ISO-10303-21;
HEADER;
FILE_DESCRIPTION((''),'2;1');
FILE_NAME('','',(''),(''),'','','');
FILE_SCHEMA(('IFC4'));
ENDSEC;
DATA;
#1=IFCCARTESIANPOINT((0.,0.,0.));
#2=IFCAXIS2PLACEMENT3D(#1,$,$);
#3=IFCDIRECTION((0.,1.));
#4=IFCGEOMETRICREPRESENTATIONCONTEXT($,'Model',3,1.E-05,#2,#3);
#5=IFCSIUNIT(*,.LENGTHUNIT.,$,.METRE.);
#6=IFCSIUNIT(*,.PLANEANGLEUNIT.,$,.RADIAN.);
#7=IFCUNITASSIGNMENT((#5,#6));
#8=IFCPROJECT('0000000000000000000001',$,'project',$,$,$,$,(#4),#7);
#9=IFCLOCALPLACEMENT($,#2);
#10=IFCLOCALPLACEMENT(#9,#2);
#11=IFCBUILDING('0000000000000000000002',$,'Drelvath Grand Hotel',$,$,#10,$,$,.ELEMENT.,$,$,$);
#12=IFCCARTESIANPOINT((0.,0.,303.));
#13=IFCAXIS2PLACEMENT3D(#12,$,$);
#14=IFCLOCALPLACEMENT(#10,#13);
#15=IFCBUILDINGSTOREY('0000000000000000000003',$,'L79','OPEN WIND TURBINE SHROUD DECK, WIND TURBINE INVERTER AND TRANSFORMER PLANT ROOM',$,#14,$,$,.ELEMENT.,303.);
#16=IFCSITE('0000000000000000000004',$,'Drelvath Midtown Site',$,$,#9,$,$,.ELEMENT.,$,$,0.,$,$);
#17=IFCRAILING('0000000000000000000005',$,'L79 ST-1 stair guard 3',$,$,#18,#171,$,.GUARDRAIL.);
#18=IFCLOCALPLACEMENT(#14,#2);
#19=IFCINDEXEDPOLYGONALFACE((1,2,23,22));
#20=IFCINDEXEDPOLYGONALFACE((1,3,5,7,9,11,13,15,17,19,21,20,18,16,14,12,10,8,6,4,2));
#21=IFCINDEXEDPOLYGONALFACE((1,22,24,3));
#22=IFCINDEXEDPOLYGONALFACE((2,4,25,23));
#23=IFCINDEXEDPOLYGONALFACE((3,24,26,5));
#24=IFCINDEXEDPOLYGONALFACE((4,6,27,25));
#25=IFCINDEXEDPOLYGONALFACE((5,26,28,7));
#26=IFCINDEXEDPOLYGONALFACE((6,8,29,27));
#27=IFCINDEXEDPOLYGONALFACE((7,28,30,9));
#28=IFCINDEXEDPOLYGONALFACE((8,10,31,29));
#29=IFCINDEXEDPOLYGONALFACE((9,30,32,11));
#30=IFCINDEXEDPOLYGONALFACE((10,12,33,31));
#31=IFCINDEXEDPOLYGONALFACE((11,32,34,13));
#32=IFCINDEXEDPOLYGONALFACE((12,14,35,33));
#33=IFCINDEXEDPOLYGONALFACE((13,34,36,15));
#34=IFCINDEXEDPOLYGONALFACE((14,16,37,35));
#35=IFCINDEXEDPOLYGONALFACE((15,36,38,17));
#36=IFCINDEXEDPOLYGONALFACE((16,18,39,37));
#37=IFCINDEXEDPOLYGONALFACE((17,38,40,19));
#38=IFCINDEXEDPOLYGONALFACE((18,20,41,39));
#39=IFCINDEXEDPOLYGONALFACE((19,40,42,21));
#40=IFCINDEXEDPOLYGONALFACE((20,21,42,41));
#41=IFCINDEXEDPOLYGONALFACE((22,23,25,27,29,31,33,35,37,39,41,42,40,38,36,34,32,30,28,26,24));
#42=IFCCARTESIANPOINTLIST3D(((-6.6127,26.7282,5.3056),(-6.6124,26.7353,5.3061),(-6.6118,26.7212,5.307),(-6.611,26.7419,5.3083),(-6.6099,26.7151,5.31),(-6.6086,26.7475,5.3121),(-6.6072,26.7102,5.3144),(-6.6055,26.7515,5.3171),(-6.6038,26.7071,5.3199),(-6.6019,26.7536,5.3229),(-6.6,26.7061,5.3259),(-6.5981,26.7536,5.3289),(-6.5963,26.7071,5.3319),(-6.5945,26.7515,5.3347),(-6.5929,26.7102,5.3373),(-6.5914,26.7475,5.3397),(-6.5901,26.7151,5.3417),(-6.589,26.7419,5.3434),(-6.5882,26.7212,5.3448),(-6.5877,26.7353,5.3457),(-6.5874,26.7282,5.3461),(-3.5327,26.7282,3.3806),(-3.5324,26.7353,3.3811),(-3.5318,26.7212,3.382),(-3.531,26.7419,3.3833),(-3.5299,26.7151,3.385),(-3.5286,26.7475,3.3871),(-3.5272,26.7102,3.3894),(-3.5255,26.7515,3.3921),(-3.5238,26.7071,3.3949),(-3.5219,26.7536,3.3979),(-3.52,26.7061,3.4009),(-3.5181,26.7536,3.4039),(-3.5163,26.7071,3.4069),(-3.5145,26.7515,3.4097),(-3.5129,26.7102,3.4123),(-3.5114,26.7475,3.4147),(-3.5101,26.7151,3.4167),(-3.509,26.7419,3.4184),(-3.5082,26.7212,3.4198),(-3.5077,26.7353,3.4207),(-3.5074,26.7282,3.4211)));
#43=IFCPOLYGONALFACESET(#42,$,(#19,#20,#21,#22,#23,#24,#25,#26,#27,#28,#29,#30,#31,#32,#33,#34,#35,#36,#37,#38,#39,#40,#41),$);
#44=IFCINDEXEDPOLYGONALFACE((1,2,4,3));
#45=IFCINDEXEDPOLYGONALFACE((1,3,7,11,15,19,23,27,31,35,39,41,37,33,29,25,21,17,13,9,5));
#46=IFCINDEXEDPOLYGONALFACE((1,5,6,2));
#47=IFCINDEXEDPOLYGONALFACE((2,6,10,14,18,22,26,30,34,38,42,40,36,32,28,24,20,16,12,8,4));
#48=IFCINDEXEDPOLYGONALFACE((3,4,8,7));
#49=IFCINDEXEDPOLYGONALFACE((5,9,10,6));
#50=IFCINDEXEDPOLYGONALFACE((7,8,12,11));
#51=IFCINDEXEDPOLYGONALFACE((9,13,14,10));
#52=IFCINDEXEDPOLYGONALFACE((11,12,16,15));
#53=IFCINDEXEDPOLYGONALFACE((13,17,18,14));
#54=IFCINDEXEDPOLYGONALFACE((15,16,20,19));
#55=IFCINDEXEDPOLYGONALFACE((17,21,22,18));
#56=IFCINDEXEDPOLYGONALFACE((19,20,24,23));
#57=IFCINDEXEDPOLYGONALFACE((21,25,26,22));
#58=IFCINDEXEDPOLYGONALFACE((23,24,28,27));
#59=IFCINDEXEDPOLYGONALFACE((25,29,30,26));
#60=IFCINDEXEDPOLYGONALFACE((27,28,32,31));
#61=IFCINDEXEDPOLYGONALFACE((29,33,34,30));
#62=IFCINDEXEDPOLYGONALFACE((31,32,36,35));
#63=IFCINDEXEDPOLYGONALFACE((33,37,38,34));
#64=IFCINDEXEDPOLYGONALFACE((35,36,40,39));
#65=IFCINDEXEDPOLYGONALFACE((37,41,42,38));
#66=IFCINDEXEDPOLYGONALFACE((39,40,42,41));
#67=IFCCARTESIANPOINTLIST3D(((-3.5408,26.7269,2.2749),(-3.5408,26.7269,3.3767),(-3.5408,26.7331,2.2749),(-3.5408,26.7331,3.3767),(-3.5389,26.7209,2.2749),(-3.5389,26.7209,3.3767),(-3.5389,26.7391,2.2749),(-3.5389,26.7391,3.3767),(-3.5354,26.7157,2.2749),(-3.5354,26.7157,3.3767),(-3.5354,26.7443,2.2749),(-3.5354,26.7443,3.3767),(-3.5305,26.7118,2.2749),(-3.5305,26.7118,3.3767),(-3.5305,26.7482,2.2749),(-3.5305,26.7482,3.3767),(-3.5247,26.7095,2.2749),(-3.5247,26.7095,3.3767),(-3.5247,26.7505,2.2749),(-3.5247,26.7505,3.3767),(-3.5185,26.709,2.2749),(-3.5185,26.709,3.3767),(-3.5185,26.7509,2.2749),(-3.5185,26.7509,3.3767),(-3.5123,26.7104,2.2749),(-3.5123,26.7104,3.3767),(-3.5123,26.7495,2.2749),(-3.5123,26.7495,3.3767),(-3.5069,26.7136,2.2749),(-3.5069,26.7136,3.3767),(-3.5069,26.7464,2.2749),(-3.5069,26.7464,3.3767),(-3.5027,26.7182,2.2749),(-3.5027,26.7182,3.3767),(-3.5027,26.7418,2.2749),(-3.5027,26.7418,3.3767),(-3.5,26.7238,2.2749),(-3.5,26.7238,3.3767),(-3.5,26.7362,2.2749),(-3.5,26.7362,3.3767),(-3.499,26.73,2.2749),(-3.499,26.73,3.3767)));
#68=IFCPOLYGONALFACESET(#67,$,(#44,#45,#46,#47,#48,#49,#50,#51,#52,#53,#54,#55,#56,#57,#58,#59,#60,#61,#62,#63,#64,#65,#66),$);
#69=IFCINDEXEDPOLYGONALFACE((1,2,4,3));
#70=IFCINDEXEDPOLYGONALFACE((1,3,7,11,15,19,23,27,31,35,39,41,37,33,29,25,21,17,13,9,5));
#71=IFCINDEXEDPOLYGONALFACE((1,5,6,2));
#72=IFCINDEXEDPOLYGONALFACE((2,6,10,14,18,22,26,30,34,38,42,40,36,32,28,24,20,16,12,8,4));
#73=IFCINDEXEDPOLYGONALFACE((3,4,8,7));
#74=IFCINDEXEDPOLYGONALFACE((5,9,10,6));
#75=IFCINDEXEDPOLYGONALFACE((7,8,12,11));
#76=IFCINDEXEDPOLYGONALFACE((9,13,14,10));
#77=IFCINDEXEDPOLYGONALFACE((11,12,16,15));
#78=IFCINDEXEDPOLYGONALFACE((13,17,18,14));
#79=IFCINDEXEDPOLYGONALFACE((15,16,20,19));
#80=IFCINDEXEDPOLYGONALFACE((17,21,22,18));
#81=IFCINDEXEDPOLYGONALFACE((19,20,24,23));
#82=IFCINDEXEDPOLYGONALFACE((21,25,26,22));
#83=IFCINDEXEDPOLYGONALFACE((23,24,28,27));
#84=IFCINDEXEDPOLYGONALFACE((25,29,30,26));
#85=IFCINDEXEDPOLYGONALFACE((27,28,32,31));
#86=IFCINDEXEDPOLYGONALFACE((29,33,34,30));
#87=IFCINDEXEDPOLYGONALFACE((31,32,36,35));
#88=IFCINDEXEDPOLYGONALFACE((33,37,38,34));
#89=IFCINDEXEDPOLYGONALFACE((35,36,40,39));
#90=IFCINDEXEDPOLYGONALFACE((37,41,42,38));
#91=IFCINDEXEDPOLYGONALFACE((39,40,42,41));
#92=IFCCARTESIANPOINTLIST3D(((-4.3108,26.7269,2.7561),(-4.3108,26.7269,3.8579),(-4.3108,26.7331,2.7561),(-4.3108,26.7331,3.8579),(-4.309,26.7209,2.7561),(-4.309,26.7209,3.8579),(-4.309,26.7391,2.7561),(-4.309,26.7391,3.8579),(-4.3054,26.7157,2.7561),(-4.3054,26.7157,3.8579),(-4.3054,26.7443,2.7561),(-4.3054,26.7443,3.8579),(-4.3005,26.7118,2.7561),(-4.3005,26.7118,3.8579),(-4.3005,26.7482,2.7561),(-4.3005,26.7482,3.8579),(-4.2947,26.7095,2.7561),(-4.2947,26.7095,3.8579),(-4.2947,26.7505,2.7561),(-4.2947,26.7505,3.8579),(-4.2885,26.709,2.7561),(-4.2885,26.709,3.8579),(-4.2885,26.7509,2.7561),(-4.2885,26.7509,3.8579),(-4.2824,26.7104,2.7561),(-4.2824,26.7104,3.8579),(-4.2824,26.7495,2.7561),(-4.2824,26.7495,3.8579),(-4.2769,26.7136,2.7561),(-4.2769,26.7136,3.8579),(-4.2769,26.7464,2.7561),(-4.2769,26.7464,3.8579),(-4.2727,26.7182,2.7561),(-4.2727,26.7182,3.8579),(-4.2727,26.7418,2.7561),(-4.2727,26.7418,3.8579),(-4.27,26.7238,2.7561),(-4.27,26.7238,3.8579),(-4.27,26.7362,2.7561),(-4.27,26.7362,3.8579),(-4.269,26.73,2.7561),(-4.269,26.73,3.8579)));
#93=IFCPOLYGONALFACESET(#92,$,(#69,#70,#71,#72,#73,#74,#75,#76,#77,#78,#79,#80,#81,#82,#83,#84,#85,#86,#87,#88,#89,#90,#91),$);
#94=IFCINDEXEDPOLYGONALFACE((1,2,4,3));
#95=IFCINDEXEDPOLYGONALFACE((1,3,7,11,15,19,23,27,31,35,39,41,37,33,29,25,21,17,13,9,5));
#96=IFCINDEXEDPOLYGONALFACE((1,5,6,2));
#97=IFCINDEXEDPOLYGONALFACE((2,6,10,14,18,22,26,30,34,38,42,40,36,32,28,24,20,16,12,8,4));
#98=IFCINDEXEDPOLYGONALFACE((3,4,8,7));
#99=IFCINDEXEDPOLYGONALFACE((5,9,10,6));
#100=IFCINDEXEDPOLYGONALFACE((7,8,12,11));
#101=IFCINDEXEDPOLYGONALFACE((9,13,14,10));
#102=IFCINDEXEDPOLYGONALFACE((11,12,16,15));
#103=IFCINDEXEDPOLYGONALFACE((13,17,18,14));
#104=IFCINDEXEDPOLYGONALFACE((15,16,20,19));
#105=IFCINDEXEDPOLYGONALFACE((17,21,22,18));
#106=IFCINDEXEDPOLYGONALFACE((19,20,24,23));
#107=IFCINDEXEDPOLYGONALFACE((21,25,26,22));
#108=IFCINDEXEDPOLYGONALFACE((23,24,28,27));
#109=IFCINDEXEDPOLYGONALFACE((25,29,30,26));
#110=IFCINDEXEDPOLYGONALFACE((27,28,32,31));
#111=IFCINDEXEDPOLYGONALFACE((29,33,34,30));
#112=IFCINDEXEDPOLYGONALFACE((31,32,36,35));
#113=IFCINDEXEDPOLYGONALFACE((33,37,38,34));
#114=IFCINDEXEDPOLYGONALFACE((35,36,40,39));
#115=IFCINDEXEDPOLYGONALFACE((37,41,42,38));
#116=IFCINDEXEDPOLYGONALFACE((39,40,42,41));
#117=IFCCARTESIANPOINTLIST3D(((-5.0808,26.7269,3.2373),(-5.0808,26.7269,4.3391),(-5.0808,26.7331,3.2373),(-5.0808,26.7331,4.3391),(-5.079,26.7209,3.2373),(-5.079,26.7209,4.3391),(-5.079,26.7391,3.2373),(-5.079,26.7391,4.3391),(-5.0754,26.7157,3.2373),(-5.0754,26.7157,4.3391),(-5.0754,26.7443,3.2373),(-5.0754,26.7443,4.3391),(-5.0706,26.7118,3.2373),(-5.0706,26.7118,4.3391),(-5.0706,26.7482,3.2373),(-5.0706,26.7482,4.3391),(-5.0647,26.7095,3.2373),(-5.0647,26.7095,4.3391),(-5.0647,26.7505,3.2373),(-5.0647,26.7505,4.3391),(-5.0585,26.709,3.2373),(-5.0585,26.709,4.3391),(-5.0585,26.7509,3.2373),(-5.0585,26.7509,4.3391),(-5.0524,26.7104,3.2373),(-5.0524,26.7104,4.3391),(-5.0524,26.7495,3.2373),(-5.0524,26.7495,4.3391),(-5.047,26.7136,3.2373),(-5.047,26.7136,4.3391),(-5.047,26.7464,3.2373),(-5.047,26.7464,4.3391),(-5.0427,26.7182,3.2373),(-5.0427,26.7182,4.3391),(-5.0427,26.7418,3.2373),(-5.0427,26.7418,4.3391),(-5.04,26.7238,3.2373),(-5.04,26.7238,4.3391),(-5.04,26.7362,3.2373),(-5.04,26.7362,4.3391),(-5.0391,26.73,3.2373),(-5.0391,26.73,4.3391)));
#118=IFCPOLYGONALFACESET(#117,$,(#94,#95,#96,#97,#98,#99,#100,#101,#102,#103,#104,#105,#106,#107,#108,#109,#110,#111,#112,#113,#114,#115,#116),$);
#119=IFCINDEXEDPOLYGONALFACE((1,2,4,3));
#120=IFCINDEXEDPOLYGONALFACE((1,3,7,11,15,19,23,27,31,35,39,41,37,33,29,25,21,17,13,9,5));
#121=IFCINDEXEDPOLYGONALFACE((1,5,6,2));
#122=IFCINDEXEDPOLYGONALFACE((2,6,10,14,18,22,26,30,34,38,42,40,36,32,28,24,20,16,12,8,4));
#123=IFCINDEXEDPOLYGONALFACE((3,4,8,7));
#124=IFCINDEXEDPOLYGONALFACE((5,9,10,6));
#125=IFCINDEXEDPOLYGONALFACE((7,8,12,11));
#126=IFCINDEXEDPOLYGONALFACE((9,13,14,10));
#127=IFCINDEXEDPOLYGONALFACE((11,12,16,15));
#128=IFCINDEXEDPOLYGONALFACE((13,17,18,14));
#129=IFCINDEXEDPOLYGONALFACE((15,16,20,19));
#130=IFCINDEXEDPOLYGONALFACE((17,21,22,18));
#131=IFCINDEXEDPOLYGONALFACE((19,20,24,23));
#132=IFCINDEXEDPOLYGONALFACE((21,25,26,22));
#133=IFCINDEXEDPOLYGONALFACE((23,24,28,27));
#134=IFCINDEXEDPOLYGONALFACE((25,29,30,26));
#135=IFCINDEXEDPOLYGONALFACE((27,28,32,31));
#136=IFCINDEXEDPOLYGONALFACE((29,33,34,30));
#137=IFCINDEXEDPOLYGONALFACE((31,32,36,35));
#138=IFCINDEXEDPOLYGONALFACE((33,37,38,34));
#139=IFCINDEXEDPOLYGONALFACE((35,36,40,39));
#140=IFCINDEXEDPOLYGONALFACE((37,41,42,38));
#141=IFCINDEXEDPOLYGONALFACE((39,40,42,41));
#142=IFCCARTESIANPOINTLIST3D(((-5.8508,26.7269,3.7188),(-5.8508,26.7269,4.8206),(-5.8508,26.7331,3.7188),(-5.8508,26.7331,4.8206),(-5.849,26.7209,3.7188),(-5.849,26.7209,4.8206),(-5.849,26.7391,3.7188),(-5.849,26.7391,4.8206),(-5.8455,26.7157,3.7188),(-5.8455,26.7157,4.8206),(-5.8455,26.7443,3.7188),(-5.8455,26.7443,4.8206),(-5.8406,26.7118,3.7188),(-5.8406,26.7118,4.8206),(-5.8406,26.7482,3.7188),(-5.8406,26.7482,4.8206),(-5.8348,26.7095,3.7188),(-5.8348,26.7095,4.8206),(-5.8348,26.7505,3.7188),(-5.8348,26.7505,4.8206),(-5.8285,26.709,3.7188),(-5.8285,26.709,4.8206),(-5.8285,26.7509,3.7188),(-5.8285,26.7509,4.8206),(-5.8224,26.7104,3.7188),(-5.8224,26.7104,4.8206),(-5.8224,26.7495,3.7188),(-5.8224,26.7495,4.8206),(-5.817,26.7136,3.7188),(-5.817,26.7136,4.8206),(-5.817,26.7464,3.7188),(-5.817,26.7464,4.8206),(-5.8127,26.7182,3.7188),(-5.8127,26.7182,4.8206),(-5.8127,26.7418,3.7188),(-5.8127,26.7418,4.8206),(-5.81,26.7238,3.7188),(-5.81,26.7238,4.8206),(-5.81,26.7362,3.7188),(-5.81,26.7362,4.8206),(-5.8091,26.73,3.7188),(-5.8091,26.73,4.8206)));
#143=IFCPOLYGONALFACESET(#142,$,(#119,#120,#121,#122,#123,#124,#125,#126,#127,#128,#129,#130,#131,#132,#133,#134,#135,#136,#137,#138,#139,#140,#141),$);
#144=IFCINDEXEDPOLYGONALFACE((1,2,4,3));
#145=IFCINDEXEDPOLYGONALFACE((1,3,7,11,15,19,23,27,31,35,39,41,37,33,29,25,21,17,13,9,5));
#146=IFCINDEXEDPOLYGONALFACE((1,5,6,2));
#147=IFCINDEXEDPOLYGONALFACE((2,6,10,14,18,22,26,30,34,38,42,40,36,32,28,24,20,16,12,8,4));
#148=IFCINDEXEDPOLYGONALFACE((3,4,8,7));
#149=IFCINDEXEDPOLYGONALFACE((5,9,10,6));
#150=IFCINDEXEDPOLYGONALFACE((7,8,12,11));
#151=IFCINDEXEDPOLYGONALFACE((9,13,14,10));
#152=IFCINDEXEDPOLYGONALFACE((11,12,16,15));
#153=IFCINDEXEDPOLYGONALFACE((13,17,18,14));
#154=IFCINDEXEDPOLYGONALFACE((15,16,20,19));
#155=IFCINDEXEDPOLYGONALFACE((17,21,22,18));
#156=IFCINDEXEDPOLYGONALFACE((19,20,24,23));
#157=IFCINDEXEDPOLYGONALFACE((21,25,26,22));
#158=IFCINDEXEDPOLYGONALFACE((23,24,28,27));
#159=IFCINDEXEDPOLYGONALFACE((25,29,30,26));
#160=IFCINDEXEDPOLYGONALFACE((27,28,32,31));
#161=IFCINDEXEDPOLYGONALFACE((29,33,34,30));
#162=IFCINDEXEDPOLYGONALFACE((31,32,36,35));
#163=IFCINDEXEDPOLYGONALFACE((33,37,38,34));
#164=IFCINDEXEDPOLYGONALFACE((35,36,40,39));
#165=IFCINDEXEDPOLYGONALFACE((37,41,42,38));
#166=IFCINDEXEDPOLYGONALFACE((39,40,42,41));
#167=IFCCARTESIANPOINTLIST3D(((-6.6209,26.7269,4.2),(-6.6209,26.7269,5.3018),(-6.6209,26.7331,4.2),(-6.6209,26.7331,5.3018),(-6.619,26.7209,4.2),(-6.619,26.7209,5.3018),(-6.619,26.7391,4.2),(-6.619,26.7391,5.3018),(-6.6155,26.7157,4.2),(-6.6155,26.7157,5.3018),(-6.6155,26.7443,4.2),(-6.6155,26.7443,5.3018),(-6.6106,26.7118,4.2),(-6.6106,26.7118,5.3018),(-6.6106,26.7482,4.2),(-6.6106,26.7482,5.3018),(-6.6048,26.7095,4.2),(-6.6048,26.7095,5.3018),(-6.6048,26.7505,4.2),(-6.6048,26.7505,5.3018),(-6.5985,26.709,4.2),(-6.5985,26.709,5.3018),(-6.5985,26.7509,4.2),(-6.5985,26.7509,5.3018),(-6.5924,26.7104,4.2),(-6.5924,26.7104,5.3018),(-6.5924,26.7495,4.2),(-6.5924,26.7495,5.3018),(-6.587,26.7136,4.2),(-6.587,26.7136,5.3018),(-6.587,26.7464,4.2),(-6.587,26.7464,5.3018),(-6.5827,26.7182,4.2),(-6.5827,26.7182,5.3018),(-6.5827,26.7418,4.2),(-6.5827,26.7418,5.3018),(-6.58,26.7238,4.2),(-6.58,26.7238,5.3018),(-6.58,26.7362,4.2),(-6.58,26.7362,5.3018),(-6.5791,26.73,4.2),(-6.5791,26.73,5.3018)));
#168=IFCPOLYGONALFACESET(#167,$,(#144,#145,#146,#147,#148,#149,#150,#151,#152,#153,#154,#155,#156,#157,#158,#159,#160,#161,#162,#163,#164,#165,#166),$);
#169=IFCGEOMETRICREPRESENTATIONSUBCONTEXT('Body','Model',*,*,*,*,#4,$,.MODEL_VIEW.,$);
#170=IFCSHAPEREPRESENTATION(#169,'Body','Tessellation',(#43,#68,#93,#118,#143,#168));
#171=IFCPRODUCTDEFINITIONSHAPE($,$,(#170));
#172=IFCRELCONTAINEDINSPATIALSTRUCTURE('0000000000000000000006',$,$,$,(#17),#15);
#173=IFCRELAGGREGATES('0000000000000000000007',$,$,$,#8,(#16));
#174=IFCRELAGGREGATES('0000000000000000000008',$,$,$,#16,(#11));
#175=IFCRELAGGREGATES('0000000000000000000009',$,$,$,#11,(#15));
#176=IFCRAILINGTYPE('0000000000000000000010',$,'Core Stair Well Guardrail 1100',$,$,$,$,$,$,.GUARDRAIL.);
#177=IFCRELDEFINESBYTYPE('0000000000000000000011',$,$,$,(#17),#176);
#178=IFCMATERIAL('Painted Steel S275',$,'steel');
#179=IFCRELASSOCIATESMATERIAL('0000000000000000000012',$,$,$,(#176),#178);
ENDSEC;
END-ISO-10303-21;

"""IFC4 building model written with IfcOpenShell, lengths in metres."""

from ifc_helpers import new_model, si_unit, direction, frame, origin, origin_2d, place, context, subcontext, project, spatial, circle, extrude, material, type_object, element, save


model = new_model("IFC4")

# Units and contexts
model_context = context("Model", 3, precision=1e-05, world=origin(), true_north=direction((0.0, 1.0)))
body_context = subcontext(model_context, "Body", "Model", "MODEL_VIEW")
ifc_project = project(units=[si_unit("LENGTHUNIT", "METRE"), si_unit("PLANEANGLEUNIT", "RADIAN")], contexts=[model_context])

# Site, building, storey
site_placement = place(None, origin())
site = spatial("IfcSite", under=ifc_project, at=site_placement, Name="Drelvath Midtown Site", CompositionType="ELEMENT", RefElevation=0.0)
building_placement = place(site_placement, origin())
building = spatial("IfcBuilding", under=site, at=building_placement, Name="Drelvath Grand Hotel", CompositionType="ELEMENT")
storey_placement = place(building_placement, frame((0.0, 0.0, 303.0)))
storey = spatial("IfcBuildingStorey", under=building, at=storey_placement, Name="L79", Description="OPEN WIND TURBINE SHROUD DECK, WIND TURBINE INVERTER AND TRANSFORMER PLANT ROOM", CompositionType="ELEMENT", Elevation=303.0)

# Shared definitions
ifc_material_1 = material(Name="Painted Steel S275", Category="steel")

# Railing
railing_type_1 = type_object("IfcRailingType", Name="Core Stair Well Guardrail 1100", PredefinedType="GUARDRAIL", material=ifc_material_1)
railing_1_placement = place(storey_placement, frame((-3.52, 26.73, 2.2749)))
element("IfcRailing", 1, at=railing_1_placement, inside=storey, type_object=railing_type_1, Name="L79 ST-1 stair guard 3", PredefinedType="GUARDRAIL", context=body_context, shape_type="SweptSolid", body=[
    extrude(circle(Radius=0.0239, at=origin_2d()), frame((0.0, 0.0, 1.126), z_axis=(-0.847998, 0.0, 0.529999), x_axis=(0.0, -1.0, 0.0)), (0.0, 0.0, 1.0), 3.6321),
    extrude(circle(Radius=0.021, at=origin_2d()), origin(), (0.0, 0.0, 1.0), 1.1018),
    extrude(circle(Radius=0.021, at=origin_2d()), frame((-0.77, 0.0, 0.4812)), (0.0, 0.0, 1.0), 1.1018),
    extrude(circle(Radius=0.021, at=origin_2d()), frame((-1.54, 0.0, 0.9624)), (0.0, 0.0, 1.0), 1.1018),
    extrude(circle(Radius=0.021, at=origin_2d()), frame((-2.3101, 0.0, 1.4438)), (0.0, 0.0, 1.0), 1.1018),
    extrude(circle(Radius=0.021, at=origin_2d()), frame((-3.0801, 0.0, 1.925)), (0.0, 0.0, 1.0), 1.1018),
])

save(model, "model.ifc")
